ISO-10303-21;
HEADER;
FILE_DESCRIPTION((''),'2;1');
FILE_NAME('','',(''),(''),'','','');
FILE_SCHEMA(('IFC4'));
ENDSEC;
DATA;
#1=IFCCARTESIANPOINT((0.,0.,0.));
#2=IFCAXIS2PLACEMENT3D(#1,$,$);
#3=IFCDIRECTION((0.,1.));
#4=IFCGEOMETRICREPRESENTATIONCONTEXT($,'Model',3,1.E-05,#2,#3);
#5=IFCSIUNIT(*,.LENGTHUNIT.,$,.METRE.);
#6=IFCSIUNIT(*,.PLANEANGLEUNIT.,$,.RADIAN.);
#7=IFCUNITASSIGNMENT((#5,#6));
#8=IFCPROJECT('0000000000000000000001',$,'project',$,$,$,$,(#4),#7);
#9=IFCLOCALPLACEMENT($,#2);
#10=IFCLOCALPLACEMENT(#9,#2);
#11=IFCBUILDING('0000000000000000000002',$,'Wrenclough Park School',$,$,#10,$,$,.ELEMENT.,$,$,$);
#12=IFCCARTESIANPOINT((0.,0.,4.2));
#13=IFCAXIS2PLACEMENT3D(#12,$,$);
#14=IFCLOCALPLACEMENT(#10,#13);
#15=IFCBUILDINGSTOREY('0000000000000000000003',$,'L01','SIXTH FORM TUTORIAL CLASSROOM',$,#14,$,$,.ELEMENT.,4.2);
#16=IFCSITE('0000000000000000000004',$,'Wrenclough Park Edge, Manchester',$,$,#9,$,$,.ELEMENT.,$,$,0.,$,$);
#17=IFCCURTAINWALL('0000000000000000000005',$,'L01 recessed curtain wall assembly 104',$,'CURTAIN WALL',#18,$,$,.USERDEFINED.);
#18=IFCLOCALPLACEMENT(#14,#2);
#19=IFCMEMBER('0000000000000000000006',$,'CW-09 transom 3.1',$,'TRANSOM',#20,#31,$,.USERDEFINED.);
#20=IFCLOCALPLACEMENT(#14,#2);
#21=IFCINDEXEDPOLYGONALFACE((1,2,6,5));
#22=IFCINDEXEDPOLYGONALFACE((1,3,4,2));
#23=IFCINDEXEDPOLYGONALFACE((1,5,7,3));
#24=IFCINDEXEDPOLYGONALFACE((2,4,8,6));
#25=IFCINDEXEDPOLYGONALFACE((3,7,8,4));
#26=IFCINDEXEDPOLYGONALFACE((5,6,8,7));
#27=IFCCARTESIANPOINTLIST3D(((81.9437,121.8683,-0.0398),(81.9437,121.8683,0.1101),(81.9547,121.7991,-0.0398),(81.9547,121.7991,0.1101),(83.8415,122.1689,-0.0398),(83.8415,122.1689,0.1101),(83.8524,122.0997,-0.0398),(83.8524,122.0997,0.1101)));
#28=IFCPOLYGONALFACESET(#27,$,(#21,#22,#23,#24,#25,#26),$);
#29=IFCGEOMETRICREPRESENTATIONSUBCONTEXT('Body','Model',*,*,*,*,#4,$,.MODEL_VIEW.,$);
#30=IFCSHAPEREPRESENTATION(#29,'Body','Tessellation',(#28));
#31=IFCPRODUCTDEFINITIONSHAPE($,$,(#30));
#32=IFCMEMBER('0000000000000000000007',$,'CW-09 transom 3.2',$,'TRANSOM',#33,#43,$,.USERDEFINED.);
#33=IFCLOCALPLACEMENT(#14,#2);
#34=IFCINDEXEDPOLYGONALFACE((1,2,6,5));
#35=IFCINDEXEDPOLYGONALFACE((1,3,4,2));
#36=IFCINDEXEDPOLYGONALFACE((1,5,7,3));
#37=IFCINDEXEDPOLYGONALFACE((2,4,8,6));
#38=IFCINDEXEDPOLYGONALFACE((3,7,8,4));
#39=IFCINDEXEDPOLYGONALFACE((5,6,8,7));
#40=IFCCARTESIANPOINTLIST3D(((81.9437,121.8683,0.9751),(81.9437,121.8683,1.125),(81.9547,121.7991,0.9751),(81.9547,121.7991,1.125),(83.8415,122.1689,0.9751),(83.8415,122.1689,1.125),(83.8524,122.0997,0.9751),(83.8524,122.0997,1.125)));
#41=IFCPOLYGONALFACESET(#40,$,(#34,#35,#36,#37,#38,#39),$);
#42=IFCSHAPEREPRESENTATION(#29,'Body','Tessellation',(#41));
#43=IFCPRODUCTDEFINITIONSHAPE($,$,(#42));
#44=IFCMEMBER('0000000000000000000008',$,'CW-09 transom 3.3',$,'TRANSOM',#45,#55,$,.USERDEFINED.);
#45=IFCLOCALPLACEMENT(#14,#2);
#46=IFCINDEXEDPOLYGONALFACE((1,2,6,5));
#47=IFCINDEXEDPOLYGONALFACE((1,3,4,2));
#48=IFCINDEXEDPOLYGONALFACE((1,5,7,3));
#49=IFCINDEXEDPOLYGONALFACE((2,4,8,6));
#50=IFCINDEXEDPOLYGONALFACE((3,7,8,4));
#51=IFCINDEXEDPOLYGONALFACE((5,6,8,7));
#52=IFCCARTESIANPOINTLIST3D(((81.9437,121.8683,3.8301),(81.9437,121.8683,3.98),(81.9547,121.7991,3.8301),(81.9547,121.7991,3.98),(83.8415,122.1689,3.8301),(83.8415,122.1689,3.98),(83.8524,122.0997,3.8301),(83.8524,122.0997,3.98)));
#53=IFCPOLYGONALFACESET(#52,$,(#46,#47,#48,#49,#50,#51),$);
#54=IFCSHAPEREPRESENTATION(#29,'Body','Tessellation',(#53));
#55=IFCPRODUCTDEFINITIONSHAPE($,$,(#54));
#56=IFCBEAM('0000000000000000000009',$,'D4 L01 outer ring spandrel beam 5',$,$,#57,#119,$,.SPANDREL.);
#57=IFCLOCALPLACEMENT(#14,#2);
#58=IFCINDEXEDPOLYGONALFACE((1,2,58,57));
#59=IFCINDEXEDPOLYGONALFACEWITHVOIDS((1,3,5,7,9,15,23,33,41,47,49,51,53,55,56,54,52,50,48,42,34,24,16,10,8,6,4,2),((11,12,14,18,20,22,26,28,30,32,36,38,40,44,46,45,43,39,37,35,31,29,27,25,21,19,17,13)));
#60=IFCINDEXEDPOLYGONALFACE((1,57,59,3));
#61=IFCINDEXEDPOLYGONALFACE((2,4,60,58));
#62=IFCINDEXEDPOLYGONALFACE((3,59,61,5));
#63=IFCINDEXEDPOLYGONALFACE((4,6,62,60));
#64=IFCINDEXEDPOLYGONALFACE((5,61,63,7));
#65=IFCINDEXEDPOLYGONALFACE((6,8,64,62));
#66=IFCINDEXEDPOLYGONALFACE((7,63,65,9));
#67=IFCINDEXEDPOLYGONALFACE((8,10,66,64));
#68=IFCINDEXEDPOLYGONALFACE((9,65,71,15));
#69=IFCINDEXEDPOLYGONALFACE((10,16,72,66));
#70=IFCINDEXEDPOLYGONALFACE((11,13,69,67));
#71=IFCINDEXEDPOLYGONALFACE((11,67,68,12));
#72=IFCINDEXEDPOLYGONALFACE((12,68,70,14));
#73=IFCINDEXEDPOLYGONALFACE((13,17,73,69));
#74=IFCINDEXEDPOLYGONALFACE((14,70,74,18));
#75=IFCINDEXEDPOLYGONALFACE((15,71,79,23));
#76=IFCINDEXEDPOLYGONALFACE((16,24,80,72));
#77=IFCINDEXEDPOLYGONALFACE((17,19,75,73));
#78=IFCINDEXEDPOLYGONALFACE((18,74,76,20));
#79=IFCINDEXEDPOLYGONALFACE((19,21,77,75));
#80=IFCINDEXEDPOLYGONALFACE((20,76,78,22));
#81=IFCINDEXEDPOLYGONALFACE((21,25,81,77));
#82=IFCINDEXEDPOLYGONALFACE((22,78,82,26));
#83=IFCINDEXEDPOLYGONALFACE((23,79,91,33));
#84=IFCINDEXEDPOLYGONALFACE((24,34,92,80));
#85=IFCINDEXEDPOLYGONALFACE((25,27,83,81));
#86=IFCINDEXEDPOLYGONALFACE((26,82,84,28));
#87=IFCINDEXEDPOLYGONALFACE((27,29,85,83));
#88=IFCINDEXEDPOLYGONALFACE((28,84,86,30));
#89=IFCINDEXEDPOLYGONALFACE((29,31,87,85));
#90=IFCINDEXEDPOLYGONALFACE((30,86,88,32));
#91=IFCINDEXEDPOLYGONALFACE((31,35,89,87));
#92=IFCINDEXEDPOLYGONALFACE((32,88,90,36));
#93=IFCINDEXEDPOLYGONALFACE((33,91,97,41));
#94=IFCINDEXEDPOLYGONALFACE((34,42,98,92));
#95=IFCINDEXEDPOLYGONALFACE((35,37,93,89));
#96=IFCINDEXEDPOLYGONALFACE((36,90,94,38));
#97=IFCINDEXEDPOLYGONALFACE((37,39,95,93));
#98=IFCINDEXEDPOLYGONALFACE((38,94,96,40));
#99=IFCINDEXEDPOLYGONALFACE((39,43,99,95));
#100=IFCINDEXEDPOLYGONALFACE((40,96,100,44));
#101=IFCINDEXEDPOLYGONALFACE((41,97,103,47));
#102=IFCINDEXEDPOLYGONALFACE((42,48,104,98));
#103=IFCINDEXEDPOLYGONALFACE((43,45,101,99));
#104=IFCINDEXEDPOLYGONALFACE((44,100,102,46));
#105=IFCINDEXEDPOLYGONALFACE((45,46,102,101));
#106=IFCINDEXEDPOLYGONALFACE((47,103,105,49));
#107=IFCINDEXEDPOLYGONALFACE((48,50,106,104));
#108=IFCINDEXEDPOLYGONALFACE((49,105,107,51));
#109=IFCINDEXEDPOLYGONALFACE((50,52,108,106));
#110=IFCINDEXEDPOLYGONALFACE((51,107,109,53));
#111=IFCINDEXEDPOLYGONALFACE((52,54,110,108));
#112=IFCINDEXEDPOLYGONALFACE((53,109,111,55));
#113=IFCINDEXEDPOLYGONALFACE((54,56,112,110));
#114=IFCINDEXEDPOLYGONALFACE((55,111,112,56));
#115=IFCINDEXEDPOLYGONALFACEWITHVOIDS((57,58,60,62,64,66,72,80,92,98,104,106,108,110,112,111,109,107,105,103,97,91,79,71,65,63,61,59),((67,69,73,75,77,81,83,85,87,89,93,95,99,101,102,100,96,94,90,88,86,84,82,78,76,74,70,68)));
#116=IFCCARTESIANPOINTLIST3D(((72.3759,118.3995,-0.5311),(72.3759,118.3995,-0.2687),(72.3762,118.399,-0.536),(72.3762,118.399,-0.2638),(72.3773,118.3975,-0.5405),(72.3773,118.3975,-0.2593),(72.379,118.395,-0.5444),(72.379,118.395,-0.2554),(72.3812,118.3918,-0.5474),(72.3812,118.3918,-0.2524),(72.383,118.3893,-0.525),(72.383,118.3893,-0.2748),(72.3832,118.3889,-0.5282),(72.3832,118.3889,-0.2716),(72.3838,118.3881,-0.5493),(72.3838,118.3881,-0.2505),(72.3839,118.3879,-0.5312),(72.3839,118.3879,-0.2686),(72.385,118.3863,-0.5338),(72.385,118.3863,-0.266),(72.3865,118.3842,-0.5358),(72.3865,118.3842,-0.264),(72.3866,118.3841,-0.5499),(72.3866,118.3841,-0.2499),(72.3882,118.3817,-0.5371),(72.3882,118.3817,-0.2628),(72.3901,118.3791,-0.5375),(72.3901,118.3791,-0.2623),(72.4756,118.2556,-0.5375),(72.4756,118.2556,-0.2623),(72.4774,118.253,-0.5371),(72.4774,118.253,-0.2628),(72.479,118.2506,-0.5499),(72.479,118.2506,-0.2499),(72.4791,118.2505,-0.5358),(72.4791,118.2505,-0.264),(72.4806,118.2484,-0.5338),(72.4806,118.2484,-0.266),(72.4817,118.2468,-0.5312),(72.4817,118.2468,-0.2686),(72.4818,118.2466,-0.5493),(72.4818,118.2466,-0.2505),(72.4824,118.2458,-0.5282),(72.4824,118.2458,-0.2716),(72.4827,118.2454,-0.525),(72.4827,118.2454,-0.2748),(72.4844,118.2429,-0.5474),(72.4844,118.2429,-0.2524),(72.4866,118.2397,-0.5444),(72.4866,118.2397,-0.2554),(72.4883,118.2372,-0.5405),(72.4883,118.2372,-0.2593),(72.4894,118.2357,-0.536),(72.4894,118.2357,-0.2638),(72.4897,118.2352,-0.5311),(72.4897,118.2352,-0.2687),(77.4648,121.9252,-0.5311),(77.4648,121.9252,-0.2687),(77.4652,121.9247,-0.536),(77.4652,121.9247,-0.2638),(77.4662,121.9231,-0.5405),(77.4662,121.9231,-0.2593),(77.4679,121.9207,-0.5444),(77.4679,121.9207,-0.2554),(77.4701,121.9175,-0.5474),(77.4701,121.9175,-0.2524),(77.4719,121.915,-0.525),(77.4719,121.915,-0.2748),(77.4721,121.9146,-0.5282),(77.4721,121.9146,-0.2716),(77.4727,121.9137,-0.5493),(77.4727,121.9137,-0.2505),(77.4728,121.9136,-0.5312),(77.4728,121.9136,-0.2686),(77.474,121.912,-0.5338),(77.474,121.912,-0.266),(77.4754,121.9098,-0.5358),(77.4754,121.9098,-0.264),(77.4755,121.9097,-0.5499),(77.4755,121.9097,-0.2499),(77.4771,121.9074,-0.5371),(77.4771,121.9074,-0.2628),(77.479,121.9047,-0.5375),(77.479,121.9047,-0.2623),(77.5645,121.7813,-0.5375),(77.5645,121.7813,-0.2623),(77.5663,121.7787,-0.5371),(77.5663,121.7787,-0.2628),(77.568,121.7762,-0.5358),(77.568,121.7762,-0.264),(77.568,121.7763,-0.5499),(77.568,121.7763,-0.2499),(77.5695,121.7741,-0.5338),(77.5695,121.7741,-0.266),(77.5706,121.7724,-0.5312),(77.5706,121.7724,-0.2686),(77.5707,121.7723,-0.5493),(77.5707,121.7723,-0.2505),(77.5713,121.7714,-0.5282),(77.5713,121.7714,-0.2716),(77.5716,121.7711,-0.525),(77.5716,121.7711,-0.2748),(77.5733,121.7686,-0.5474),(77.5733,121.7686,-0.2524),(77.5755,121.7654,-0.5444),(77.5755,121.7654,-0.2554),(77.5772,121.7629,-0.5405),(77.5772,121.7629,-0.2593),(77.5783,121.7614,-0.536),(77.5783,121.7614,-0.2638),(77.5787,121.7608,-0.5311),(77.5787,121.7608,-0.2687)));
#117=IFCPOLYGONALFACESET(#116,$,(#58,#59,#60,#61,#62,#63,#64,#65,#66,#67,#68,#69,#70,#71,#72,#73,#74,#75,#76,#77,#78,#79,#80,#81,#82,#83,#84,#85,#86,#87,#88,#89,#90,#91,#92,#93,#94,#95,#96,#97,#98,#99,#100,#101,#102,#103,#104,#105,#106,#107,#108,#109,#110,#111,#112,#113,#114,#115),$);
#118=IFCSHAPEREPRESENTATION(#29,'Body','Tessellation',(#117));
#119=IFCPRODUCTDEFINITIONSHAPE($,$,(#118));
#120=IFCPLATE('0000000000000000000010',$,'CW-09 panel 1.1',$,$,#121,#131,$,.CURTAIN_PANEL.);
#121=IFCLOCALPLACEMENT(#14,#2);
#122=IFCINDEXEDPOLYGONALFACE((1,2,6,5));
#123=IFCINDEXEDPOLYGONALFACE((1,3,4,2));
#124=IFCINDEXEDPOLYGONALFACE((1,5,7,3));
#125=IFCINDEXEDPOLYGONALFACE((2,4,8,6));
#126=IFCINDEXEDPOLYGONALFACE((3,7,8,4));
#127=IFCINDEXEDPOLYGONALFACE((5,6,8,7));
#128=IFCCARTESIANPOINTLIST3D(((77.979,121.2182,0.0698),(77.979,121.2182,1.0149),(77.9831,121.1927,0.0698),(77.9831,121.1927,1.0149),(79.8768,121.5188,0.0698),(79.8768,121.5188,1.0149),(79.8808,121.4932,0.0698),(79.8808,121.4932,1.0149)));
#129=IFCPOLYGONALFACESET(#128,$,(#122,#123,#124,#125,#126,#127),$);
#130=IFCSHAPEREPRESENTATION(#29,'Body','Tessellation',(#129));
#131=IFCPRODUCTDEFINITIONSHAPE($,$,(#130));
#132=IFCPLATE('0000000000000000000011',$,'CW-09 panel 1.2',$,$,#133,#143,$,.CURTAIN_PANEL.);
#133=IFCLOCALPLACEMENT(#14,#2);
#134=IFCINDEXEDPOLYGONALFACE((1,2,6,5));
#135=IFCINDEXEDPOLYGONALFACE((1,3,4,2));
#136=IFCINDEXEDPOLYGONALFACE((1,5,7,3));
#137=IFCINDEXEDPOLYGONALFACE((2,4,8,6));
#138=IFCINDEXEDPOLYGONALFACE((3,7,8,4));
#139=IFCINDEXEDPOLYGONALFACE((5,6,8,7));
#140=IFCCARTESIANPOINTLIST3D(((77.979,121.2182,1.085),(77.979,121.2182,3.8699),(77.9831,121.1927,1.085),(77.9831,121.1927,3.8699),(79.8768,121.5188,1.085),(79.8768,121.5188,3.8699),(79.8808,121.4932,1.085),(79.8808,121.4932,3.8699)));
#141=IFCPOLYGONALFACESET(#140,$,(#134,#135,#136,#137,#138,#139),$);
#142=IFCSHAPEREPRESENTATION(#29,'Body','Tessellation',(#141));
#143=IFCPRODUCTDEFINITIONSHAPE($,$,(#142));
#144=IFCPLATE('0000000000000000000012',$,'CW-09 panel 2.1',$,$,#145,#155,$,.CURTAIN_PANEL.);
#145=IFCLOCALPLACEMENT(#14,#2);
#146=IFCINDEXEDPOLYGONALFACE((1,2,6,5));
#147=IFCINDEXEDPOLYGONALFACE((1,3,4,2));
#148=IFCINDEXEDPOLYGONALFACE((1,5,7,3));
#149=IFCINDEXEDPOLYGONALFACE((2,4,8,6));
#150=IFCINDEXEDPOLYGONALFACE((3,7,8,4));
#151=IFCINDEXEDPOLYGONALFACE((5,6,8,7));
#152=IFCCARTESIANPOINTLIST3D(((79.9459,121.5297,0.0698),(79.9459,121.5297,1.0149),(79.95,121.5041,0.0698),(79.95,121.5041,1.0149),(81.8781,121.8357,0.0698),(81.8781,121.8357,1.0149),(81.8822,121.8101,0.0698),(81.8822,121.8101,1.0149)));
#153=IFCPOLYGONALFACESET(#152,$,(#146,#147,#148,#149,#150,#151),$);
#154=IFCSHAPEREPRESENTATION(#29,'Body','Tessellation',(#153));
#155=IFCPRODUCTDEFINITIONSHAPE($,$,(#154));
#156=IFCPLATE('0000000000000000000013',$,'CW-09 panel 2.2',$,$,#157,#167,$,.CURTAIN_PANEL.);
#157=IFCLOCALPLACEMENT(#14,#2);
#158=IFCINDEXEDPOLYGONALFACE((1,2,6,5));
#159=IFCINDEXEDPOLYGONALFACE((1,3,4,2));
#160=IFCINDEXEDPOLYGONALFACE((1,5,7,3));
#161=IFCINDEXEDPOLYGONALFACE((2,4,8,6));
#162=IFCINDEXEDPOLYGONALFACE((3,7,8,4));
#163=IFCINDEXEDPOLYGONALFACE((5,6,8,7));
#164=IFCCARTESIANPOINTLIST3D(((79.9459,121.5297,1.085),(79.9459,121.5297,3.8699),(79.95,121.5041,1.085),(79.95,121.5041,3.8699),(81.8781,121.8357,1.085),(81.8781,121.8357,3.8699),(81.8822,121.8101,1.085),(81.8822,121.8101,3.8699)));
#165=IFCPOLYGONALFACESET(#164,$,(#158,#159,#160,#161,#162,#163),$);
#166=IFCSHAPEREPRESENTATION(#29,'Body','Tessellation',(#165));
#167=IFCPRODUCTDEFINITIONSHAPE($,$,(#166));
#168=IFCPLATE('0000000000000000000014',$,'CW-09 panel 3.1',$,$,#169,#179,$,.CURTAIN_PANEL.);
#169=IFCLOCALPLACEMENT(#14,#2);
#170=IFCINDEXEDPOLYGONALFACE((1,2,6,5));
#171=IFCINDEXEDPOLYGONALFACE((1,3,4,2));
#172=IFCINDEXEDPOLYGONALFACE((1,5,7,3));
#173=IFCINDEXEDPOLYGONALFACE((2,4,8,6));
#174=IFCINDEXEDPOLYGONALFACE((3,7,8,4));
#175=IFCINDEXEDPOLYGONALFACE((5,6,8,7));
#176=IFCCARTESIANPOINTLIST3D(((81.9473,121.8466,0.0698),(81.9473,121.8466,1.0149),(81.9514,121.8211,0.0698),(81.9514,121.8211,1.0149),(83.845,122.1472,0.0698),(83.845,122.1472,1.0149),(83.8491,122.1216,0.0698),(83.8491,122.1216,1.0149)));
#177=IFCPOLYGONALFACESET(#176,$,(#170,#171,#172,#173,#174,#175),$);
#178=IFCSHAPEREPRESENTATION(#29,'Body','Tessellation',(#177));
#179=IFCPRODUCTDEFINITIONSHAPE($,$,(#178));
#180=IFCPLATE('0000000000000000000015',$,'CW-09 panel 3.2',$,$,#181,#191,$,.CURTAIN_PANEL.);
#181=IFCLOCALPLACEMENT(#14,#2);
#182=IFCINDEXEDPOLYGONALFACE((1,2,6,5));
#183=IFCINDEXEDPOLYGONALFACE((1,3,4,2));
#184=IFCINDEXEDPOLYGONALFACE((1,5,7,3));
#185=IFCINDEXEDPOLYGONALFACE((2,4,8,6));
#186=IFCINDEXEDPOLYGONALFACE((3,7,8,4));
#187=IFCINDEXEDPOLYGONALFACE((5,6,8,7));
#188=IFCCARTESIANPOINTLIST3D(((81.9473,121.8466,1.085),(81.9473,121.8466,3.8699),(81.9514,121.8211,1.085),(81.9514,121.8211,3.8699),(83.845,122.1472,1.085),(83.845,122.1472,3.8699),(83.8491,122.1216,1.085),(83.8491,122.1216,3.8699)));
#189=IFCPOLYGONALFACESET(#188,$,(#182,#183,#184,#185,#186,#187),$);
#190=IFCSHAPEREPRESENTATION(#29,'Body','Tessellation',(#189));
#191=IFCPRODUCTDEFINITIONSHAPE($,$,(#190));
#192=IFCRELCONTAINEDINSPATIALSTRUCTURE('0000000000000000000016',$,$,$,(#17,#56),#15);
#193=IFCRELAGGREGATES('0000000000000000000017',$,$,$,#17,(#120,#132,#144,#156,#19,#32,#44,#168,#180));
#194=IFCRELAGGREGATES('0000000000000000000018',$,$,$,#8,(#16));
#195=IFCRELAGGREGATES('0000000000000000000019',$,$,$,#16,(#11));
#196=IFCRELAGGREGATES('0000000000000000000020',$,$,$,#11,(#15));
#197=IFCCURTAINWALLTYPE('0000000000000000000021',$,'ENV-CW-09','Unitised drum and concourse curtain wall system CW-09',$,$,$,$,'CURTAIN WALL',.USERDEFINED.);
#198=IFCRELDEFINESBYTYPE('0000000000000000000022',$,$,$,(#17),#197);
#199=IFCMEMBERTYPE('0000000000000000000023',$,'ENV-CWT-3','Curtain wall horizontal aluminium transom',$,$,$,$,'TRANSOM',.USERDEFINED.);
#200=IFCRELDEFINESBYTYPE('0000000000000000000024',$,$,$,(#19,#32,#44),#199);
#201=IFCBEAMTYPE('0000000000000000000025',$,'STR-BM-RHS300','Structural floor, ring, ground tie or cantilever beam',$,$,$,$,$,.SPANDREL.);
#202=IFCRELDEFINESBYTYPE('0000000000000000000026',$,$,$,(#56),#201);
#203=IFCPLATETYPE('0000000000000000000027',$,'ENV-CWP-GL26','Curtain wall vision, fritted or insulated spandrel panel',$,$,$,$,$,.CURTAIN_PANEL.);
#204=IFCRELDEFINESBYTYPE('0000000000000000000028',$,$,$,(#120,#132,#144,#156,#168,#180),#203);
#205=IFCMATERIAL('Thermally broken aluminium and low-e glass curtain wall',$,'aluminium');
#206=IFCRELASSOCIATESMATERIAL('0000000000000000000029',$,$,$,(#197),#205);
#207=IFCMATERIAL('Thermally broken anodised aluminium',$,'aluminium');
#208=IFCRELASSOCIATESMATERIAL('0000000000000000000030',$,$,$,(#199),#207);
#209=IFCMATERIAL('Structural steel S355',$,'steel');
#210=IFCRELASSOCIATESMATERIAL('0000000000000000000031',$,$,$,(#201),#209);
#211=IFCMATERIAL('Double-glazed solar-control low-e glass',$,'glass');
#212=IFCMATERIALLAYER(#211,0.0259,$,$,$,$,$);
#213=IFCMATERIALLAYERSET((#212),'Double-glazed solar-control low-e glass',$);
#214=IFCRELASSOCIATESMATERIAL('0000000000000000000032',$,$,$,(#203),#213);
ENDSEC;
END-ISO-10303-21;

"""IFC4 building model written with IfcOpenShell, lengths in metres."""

from ifc_helpers import new_model, si_unit, direction, frame, origin, origin_2d, place, context, subcontext, project, spatial, rectangle, hollow_rectangle, extrude, material, layer, layer_set, material_profile, profile_set, type_object, element, aggregate, save


model = new_model("IFC4")

# Units and contexts
model_context = context("Model", 3, precision=1e-05, world=origin(), true_north=direction((0.0, 1.0)))
body_context = subcontext(model_context, "Body", "Model", "MODEL_VIEW")
ifc_project = project(units=[si_unit("LENGTHUNIT", "METRE"), si_unit("PLANEANGLEUNIT", "RADIAN")], contexts=[model_context])

# Site, building, storey
site_placement = place(None, origin())
site = spatial("IfcSite", under=ifc_project, at=site_placement, Name="Wrenclough Park Edge, Manchester", CompositionType="ELEMENT", RefElevation=0.0)
building_placement = place(site_placement, origin())
building = spatial("IfcBuilding", under=site, at=building_placement, Name="Wrenclough Park School", CompositionType="ELEMENT")
storey_placement = place(building_placement, frame((0.0, 0.0, 4.2)))
storey = spatial("IfcBuildingStorey", under=building, at=storey_placement, Name="L01", Description="SIXTH FORM TUTORIAL CLASSROOM", CompositionType="ELEMENT", Elevation=4.2)

# Shared definitions
ifc_material_1 = material(Name="Structural steel S355", Category="steel")

# Curtain wall, members
ifc_material_2 = material(Name="Thermally broken aluminium and low-e glass curtain wall", Category="aluminium")
curtain_wall_type = type_object("IfcCurtainWallType", Name="ENV-CW-09", Description="Unitised drum and concourse curtain wall system CW-09", ElementType="CURTAIN WALL", PredefinedType="USERDEFINED", material=ifc_material_2)
curtain_wall_placement = place(storey_placement, origin())
curtain_wall = element("IfcCurtainWall", 1, at=curtain_wall_placement, inside=storey, type_object=curtain_wall_type, Name="L01 recessed curtain wall assembly 104", ObjectType="CURTAIN WALL", PredefinedType="USERDEFINED")
ifc_material_3 = material(Name="Thermally broken anodised aluminium", Category="aluminium")
ifc_material_profile_1 = material_profile(ifc_material_3, rectangle(XDim=0.0701, YDim=0.1499, at=origin_2d()), Name="AL TRANSOM 70x150")
ifc_profile_set_1 = profile_set([ifc_material_profile_1], Name="Thermally broken anodised aluminium")
member_type_1 = type_object("IfcMemberType", Name="ENV-CWT-3", Description="Curtain wall horizontal aluminium transom", ElementType="TRANSOM", PredefinedType="USERDEFINED", material=ifc_profile_set_1)
member_1_placement = place(storey_placement, frame((81.9492, 121.8337, 0.0352), z_axis=(0.987691, 0.156419, 0.0), x_axis=(-0.156419, 0.987691, 0.0)))
member_1 = element("IfcMember", 2, at=member_1_placement, type_object=member_type_1, Name="CW-09 transom 3.1", ObjectType="TRANSOM", PredefinedType="USERDEFINED", context=body_context, shape_type="SweptSolid", body=[
    extrude(rectangle(XDim=0.0701, YDim=0.1499, at=origin_2d()), origin(), (0.0, 0.0, 1.0), 1.9214),
])
member_2_placement = place(storey_placement, frame((81.9492, 121.8337, 1.05), z_axis=(0.987691, 0.156419, 0.0), x_axis=(-0.156419, 0.987691, 0.0)))
member_2 = element("IfcMember", 3, at=member_2_placement, type_object=member_type_1, Name="CW-09 transom 3.2", ObjectType="TRANSOM", PredefinedType="USERDEFINED", context=body_context, shape_type="SweptSolid", body=[
    extrude(rectangle(XDim=0.0701, YDim=0.1499, at=origin_2d()), origin(), (0.0, 0.0, 1.0), 1.9214),
])
member_3_placement = place(storey_placement, frame((81.9492, 121.8337, 3.905), z_axis=(0.987691, 0.156419, 0.0), x_axis=(-0.156419, 0.987691, 0.0)))
member_3 = element("IfcMember", 4, at=member_3_placement, type_object=member_type_1, Name="CW-09 transom 3.3", ObjectType="TRANSOM", PredefinedType="USERDEFINED", context=body_context, shape_type="SweptSolid", body=[
    extrude(rectangle(XDim=0.0701, YDim=0.1499, at=origin_2d()), origin(), (0.0, 0.0, 1.0), 1.9214),
])

# Beam
ifc_material_profile_2 = material_profile(ifc_material_1, hollow_rectangle(XDim=0.2, YDim=0.3, WallThickness=0.0125, InnerFilletRadius=0.0125, OuterFilletRadius=0.0188, at=origin_2d()), Name="RHS 300x200x12.5")
ifc_profile_set_2 = profile_set([ifc_material_profile_2], Name="Structural steel S355")
beam_type = type_object("IfcBeamType", Name="STR-BM-RHS300", Description="Structural floor, ring, ground tie or cantilever beam", PredefinedType="SPANDREL", material=ifc_profile_set_2)
beam_placement = place(storey_placement, frame((77.5217, 121.843, -0.3999), z_axis=(-0.821998, -0.569491, 0.0), x_axis=(0.569491, -0.821998, 0.0)))
element("IfcBeam", 5, at=beam_placement, inside=storey, type_object=beam_type, Name="D4 L01 outer ring spandrel beam 5", PredefinedType="SPANDREL", context=body_context, shape_type="SweptSolid", body=[
    extrude(hollow_rectangle(XDim=0.2, YDim=0.3, WallThickness=0.0125, InnerFilletRadius=0.0125, OuterFilletRadius=0.0188, at=origin_2d()), origin(), (0.0, 0.0, 1.0), 6.1909),
])

# Plates
ifc_material_4 = material(Name="Double-glazed solar-control low-e glass", Category="glass")
ifc_layer_1 = layer(ifc_material_4, 0.0259)
ifc_layer_set_1 = layer_set([ifc_layer_1], Name="Double-glazed solar-control low-e glass")
plate_type_1 = type_object("IfcPlateType", Name="ENV-CWP-GL26", Description="Curtain wall vision, fritted or insulated spandrel panel", PredefinedType="CURTAIN_PANEL", material=ifc_layer_set_1)
plate_1_placement = place(storey_placement, frame((78.9299, 121.3557, 0.0698), z_axis=(0.0, 0.0, 1.0), x_axis=(0.98769, 0.156425, 0.0)))
plate_1 = element("IfcPlate", 6, at=plate_1_placement, type_object=plate_type_1, Name="CW-09 panel 1.1", PredefinedType="CURTAIN_PANEL", context=body_context, shape_type="SweptSolid", body=[
    extrude(rectangle(XDim=1.9214, YDim=0.0259, at=origin_2d()), origin(), (0.0, 0.0, 1.0), 0.9451),
])
plate_2_placement = place(storey_placement, frame((78.9299, 121.3557, 1.085), z_axis=(0.0, 0.0, 1.0), x_axis=(0.98769, 0.156425, 0.0)))
plate_2 = element("IfcPlate", 7, at=plate_2_placement, type_object=plate_type_1, Name="CW-09 panel 1.2", PredefinedType="CURTAIN_PANEL", context=body_context, shape_type="SweptSolid", body=[
    extrude(rectangle(XDim=1.9214, YDim=0.0259, at=origin_2d()), origin(), (0.0, 0.0, 1.0), 2.7849),
])
plate_3_placement = place(storey_placement, frame((80.9141, 121.6699, 0.0698), z_axis=(0.0, 0.0, 1.0), x_axis=(0.98769, 0.156425, 0.0)))
plate_3 = element("IfcPlate", 8, at=plate_3_placement, type_object=plate_type_1, Name="CW-09 panel 2.1", PredefinedType="CURTAIN_PANEL", context=body_context, shape_type="SweptSolid", body=[
    extrude(rectangle(XDim=1.9563, YDim=0.0259, at=origin_2d()), origin(), (0.0, 0.0, 1.0), 0.9451),
])
plate_4_placement = place(storey_placement, frame((80.9141, 121.6699, 1.085), z_axis=(0.0, 0.0, 1.0), x_axis=(0.98769, 0.156425, 0.0)))
plate_4 = element("IfcPlate", 9, at=plate_4_placement, type_object=plate_type_1, Name="CW-09 panel 2.2", PredefinedType="CURTAIN_PANEL", context=body_context, shape_type="SweptSolid", body=[
    extrude(rectangle(XDim=1.9563, YDim=0.0259, at=origin_2d()), origin(), (0.0, 0.0, 1.0), 2.7849),
])
plate_5_placement = place(storey_placement, frame((82.8982, 121.9841, 0.0698), z_axis=(0.0, 0.0, 1.0), x_axis=(0.98769, 0.156425, 0.0)))
plate_5 = element("IfcPlate", 10, at=plate_5_placement, type_object=plate_type_1, Name="CW-09 panel 3.1", PredefinedType="CURTAIN_PANEL", context=body_context, shape_type="SweptSolid", body=[
    extrude(rectangle(XDim=1.9214, YDim=0.0259, at=origin_2d()), origin(), (0.0, 0.0, 1.0), 0.9451),
])
plate_6_placement = place(storey_placement, frame((82.8982, 121.9841, 1.085), z_axis=(0.0, 0.0, 1.0), x_axis=(0.98769, 0.156425, 0.0)))
plate_6 = element("IfcPlate", 11, at=plate_6_placement, type_object=plate_type_1, Name="CW-09 panel 3.2", PredefinedType="CURTAIN_PANEL", context=body_context, shape_type="SweptSolid", body=[
    extrude(rectangle(XDim=1.9214, YDim=0.0259, at=origin_2d()), origin(), (0.0, 0.0, 1.0), 2.7849),
])
aggregate(curtain_wall, [plate_1, plate_2, plate_3, plate_4, member_1, member_2, member_3, plate_5, plate_6])

save(model, "model.ifc")
